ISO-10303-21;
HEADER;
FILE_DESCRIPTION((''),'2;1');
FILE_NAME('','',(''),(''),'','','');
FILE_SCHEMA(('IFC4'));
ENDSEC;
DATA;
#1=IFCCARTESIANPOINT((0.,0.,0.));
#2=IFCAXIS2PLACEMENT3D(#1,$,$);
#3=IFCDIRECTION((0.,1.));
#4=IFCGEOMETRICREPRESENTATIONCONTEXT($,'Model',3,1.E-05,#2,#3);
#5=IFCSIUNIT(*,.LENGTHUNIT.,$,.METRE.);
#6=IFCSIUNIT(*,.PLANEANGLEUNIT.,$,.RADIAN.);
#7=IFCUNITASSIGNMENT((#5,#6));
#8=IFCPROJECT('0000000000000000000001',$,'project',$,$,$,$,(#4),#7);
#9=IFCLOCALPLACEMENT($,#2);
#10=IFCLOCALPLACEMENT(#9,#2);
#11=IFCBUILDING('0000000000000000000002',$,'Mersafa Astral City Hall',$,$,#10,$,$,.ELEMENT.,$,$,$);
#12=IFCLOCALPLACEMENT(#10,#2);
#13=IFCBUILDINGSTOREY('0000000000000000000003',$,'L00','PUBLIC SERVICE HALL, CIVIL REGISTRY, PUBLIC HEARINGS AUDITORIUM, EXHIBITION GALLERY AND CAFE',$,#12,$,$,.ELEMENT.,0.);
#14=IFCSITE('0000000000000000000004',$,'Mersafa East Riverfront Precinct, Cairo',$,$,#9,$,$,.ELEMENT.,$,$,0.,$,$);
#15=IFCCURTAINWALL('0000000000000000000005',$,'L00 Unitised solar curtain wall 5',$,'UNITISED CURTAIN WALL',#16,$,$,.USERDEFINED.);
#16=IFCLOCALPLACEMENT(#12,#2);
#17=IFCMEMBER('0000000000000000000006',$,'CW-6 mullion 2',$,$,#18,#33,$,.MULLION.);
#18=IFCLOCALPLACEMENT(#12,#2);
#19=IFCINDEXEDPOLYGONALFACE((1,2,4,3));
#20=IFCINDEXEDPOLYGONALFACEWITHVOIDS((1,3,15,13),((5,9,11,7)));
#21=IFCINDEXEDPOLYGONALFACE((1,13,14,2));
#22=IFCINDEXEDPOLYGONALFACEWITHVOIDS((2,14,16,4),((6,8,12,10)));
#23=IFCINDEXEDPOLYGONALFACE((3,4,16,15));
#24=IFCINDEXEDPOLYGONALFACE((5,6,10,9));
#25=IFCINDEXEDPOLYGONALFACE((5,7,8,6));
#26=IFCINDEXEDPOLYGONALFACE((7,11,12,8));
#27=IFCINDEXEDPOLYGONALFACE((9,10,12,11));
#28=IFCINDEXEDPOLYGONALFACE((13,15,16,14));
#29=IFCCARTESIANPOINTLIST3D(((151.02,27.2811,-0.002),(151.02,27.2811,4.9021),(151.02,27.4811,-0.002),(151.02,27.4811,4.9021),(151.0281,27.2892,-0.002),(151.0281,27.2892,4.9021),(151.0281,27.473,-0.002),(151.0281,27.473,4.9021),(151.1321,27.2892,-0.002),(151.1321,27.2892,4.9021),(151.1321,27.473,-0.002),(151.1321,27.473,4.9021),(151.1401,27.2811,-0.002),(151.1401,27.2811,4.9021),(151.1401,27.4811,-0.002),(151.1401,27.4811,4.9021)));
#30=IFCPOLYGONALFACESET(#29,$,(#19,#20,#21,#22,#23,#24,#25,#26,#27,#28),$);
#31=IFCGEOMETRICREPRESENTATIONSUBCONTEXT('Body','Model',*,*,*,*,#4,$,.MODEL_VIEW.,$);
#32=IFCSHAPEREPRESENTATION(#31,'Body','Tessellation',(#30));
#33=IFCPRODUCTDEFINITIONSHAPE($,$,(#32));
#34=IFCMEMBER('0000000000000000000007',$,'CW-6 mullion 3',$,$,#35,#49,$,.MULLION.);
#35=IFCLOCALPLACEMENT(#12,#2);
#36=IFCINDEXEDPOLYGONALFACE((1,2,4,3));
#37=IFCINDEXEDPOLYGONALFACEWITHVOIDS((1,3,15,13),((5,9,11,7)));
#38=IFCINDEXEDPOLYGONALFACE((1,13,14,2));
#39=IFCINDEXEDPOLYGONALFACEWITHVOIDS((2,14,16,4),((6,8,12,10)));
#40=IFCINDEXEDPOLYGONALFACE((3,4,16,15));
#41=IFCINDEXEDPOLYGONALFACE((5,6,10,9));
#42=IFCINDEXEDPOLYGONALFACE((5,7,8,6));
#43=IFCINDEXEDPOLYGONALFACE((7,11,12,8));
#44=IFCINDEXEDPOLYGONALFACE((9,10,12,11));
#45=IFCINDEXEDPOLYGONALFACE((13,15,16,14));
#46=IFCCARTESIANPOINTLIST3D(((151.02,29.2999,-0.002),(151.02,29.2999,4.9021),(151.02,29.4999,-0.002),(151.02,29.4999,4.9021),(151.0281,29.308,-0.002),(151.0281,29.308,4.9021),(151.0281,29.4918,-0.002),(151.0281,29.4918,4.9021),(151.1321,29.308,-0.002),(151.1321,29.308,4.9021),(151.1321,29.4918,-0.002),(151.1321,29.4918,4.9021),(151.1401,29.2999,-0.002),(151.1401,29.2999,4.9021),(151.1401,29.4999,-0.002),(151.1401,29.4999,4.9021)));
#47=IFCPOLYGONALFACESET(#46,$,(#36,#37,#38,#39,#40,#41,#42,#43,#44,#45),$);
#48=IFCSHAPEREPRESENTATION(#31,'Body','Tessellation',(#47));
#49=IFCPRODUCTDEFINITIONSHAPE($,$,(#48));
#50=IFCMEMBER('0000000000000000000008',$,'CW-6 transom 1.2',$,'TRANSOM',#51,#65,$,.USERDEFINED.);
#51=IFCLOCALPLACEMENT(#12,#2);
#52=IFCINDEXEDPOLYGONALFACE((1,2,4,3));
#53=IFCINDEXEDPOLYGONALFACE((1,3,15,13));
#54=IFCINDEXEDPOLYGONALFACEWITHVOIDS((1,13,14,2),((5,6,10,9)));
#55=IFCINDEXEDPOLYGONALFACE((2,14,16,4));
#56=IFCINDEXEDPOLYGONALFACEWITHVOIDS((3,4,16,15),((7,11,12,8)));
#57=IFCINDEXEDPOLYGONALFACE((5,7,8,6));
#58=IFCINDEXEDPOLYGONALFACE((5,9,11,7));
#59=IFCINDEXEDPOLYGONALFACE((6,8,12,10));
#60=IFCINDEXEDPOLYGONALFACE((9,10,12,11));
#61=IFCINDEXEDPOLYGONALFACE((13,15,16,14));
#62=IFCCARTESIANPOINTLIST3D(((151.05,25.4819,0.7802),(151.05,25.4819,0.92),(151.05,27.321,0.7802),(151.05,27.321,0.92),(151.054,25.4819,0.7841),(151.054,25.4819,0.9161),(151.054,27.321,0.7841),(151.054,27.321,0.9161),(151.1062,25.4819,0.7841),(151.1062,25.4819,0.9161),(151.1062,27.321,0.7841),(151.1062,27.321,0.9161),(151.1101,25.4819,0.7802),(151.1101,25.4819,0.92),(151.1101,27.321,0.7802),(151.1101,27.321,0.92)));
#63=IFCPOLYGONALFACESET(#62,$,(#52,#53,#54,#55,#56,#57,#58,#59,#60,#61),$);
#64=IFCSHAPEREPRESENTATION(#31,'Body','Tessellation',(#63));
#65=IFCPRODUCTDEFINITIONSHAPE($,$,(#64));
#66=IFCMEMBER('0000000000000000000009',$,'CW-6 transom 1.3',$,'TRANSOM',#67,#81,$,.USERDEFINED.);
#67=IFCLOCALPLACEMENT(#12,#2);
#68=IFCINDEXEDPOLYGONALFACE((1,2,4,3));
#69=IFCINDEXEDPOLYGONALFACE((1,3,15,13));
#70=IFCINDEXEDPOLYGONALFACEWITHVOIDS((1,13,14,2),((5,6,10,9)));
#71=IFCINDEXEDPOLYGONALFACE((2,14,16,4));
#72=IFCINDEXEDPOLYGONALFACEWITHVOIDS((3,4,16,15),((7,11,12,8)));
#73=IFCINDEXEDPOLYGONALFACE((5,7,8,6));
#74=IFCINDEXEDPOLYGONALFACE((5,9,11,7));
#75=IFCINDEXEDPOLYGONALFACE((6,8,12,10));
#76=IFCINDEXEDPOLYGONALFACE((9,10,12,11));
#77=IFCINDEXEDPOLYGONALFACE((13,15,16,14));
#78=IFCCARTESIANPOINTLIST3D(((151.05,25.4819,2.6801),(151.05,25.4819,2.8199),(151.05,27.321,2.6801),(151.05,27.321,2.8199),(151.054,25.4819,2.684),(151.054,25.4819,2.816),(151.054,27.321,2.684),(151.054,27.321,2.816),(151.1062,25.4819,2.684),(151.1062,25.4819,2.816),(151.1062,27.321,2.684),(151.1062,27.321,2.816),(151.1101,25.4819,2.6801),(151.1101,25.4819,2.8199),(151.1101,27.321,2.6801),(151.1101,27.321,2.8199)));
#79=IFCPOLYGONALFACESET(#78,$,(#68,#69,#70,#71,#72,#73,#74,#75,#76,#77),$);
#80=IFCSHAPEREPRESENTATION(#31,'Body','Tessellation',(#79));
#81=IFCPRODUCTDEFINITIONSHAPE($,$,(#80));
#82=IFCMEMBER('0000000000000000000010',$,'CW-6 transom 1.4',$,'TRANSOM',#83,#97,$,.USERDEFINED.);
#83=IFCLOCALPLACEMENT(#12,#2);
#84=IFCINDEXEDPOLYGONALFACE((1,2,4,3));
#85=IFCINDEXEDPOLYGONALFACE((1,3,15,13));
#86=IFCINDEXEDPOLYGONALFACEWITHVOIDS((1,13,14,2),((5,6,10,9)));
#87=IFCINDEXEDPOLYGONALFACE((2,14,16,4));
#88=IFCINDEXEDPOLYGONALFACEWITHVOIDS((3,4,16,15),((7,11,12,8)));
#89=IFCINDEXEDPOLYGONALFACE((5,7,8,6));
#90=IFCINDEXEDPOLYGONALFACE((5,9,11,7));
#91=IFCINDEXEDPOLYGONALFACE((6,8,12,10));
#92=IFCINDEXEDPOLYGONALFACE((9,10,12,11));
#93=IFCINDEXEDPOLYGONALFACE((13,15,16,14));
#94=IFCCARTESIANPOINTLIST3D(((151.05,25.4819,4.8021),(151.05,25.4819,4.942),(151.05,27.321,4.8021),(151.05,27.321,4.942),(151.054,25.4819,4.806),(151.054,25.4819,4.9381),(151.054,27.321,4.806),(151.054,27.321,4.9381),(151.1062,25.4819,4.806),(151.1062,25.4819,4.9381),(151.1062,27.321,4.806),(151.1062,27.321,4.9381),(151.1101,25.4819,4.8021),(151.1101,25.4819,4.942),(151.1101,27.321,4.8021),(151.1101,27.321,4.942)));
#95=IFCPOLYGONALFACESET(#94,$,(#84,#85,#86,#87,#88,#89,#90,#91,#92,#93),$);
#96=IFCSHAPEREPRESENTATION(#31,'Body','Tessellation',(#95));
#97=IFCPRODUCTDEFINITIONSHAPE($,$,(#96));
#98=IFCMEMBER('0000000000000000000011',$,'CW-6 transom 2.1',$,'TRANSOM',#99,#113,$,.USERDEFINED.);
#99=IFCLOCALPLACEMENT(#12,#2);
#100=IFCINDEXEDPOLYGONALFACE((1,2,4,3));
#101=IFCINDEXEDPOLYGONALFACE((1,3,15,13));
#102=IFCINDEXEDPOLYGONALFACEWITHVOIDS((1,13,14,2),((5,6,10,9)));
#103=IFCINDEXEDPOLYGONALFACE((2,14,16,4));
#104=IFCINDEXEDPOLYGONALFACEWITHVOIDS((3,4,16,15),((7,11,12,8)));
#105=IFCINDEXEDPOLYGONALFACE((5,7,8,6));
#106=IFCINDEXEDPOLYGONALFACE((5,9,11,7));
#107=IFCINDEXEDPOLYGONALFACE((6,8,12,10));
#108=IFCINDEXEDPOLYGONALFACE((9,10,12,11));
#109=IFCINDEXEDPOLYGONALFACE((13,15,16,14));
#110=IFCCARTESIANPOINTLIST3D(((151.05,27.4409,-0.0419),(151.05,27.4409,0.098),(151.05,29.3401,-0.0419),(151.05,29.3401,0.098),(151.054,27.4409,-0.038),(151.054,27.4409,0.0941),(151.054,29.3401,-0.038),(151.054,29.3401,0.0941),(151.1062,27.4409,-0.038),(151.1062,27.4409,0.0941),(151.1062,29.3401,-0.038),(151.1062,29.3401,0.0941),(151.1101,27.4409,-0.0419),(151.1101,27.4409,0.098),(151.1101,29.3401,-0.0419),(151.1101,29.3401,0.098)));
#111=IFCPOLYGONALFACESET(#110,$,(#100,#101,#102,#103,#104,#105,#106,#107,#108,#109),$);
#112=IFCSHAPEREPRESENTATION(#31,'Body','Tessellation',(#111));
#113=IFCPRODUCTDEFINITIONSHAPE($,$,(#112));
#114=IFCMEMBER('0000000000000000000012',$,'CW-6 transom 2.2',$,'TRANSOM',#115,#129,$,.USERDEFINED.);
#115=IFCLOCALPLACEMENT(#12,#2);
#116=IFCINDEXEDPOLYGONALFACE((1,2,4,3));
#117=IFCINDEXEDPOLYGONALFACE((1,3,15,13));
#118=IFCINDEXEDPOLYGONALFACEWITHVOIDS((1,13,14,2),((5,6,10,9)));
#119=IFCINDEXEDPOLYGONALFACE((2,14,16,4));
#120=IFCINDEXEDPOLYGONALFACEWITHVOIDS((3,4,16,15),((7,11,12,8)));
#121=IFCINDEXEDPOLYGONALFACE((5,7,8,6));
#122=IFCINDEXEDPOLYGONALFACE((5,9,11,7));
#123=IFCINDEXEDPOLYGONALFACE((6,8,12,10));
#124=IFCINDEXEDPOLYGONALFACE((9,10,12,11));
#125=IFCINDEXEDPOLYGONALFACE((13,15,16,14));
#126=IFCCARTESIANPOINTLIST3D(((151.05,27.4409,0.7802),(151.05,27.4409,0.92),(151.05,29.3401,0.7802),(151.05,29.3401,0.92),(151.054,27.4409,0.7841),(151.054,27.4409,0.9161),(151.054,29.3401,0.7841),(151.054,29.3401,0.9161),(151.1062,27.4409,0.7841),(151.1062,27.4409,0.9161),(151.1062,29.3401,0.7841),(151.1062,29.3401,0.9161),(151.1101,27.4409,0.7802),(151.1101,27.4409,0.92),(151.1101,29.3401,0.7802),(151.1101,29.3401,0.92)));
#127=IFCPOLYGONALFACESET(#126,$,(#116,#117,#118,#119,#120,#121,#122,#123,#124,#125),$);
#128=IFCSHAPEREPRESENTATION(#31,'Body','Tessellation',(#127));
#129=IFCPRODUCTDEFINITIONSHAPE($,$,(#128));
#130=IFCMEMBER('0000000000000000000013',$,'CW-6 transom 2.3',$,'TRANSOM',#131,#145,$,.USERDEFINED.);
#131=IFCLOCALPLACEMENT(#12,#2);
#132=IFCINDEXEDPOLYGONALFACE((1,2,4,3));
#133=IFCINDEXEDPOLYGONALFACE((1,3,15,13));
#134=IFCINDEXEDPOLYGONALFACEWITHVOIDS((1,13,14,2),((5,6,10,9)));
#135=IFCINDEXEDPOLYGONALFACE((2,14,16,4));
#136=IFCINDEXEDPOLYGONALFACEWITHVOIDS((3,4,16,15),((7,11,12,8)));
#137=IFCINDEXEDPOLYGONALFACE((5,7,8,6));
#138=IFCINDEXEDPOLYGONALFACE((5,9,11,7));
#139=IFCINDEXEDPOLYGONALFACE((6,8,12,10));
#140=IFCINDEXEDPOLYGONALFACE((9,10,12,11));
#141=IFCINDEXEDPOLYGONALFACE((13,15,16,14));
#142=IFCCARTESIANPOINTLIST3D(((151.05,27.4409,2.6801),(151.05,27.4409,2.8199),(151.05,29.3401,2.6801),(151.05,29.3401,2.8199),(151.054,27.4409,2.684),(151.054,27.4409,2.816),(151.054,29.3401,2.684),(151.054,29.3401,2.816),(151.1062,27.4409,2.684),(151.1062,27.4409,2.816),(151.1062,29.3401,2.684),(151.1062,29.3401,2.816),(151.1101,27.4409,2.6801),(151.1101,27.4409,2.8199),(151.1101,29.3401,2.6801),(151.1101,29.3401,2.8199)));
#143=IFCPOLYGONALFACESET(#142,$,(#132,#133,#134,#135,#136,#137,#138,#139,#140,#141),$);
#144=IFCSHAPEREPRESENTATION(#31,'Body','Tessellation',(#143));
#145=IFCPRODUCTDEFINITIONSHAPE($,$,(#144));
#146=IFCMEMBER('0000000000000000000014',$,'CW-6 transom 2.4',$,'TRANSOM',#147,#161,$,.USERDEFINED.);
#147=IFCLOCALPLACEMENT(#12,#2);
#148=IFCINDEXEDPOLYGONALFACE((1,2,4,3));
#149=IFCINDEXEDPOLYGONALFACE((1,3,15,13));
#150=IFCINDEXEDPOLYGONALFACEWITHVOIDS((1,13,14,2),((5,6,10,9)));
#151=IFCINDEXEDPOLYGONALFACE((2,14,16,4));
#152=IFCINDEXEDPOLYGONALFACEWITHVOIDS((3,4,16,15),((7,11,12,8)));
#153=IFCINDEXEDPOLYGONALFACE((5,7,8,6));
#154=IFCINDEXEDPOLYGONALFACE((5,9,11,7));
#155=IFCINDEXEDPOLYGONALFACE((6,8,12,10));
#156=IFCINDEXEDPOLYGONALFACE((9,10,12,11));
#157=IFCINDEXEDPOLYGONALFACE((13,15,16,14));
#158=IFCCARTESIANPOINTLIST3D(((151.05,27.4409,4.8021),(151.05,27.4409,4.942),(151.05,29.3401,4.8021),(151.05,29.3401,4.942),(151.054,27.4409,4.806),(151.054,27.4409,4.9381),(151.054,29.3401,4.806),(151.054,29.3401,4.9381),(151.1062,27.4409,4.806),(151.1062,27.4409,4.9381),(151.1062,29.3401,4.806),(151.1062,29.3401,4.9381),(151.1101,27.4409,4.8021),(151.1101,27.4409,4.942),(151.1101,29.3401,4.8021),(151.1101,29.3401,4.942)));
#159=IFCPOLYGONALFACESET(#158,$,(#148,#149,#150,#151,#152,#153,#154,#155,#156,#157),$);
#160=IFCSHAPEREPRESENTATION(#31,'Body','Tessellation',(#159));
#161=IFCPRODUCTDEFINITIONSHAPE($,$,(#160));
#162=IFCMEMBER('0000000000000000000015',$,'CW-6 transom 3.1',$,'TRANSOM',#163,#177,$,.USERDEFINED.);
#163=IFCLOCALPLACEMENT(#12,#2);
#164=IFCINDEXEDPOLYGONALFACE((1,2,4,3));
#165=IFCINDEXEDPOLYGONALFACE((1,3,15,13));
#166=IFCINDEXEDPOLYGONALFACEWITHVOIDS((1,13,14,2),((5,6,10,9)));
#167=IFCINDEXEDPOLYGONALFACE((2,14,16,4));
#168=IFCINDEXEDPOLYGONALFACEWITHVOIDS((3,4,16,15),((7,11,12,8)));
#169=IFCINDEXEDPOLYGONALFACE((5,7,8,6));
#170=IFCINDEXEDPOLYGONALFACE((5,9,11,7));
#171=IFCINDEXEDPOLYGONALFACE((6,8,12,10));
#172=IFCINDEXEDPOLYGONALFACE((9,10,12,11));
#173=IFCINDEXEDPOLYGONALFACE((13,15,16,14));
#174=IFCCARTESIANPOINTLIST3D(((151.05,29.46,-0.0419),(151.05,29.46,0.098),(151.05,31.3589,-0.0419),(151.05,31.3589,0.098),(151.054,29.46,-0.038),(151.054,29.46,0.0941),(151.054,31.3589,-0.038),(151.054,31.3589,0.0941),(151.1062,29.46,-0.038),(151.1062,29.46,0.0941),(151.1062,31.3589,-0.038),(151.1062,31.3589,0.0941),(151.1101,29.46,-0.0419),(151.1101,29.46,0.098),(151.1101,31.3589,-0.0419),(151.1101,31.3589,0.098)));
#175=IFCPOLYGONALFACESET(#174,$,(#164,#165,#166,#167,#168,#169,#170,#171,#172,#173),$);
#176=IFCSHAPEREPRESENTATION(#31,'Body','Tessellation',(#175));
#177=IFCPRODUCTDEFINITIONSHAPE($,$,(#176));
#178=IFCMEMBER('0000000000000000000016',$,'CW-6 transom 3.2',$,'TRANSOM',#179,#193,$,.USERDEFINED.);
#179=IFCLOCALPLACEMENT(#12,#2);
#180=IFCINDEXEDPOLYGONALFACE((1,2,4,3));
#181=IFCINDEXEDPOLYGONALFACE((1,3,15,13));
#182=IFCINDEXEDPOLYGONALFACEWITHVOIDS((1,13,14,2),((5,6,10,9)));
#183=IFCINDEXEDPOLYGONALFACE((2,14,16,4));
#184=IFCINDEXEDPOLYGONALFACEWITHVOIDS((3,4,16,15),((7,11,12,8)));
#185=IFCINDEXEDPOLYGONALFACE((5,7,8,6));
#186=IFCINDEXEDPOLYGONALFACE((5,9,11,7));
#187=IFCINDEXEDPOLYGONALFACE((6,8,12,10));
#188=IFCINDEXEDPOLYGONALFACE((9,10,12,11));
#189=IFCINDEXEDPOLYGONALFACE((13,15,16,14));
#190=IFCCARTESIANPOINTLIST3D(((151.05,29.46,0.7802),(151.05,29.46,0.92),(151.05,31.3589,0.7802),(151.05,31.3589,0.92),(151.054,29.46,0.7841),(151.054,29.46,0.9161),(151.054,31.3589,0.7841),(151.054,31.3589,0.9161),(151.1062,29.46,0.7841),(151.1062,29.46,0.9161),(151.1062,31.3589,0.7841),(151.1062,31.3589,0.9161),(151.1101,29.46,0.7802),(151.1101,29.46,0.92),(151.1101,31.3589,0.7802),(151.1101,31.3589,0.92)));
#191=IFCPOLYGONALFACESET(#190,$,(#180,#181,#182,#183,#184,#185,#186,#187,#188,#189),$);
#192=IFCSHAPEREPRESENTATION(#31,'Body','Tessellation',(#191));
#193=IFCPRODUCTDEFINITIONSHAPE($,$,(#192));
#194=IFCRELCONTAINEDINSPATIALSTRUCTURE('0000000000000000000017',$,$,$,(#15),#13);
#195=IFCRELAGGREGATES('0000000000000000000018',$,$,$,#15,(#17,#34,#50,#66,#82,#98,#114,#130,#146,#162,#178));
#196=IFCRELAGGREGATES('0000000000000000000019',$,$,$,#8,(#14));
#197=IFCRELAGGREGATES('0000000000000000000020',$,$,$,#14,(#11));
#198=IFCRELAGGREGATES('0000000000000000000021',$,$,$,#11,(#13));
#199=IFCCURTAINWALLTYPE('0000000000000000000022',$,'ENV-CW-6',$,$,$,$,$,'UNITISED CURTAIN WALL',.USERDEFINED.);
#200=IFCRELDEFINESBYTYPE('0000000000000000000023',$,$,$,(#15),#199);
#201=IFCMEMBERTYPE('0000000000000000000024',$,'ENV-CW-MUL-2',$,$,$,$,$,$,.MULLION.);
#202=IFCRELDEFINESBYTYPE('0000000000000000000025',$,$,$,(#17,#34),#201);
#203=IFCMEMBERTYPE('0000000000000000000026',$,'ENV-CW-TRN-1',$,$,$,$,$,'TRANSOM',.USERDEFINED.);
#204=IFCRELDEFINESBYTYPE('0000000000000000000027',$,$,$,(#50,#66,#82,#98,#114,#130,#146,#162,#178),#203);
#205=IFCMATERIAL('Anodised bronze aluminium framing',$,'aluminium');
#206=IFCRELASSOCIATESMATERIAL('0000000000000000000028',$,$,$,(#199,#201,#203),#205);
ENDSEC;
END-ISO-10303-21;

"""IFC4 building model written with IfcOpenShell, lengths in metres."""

from ifc_helpers import new_model, si_unit, direction, frame, origin, origin_2d, place, context, subcontext, project, spatial, hollow_rectangle, extrude, material, material_profile, profile_set, type_object, element, aggregate, save


model = new_model("IFC4")

# Units and contexts
model_context = context("Model", 3, precision=1e-05, world=origin(), true_north=direction((0.0, 1.0)))
body_context = subcontext(model_context, "Body", "Model", "MODEL_VIEW")
ifc_project = project(units=[si_unit("LENGTHUNIT", "METRE"), si_unit("PLANEANGLEUNIT", "RADIAN")], contexts=[model_context])

# Site, building, storey
site_placement = place(None, origin())
site = spatial("IfcSite", under=ifc_project, at=site_placement, Name="Mersafa East Riverfront Precinct, Cairo", CompositionType="ELEMENT", RefElevation=0.0)
building_placement = place(site_placement, origin())
building = spatial("IfcBuilding", under=site, at=building_placement, Name="Mersafa Astral City Hall", CompositionType="ELEMENT")
storey_placement = place(building_placement, origin())
storey = spatial("IfcBuildingStorey", under=building, at=storey_placement, Name="L00", Description="PUBLIC SERVICE HALL, CIVIL REGISTRY, PUBLIC HEARINGS AUDITORIUM, EXHIBITION GALLERY AND CAFE", CompositionType="ELEMENT", Elevation=0.0)

# Curtain wall, members
ifc_material_1 = material(Name="Anodised bronze aluminium framing", Category="aluminium")
curtain_wall_type = type_object("IfcCurtainWallType", Name="ENV-CW-6", ElementType="UNITISED CURTAIN WALL", PredefinedType="USERDEFINED", material=ifc_material_1)
curtain_wall_placement = place(storey_placement, origin())
curtain_wall = element("IfcCurtainWall", 1, at=curtain_wall_placement, inside=storey, type_object=curtain_wall_type, Name="L00 Unitised solar curtain wall 5", ObjectType="UNITISED CURTAIN WALL", PredefinedType="USERDEFINED")
ifc_material_profile_1 = material_profile(ifc_material_1, hollow_rectangle(XDim=0.1201, YDim=0.2, WallThickness=0.0081, at=origin_2d()), Name="RHS 120x200x8")
ifc_profile_set_1 = profile_set([ifc_material_profile_1], Name="Anodised bronze aluminium framing")
member_type_1 = type_object("IfcMemberType", Name="ENV-CW-MUL-2", PredefinedType="MULLION", material=ifc_profile_set_1)
member_1_placement = place(storey_placement, frame((151.0801, 27.3811, -0.002), z_axis=(0.0, 0.0, 1.0), x_axis=(-1.0, 0.0, 0.0)))
member_1 = element("IfcMember", 2, at=member_1_placement, type_object=member_type_1, Name="CW-6 mullion 2", PredefinedType="MULLION", context=body_context, shape_type="SweptSolid", body=[
    extrude(hollow_rectangle(XDim=0.1201, YDim=0.2, WallThickness=0.0081, at=origin_2d()), origin(), (0.0, 0.0, 1.0), 4.9041),
])
member_2_placement = place(storey_placement, frame((151.0801, 29.3999, -0.002), z_axis=(0.0, 0.0, 1.0), x_axis=(-1.0, 0.0, 0.0)))
member_2 = element("IfcMember", 3, at=member_2_placement, type_object=member_type_1, Name="CW-6 mullion 3", PredefinedType="MULLION", context=body_context, shape_type="SweptSolid", body=[
    extrude(hollow_rectangle(XDim=0.1201, YDim=0.2, WallThickness=0.0081, at=origin_2d()), origin(), (0.0, 0.0, 1.0), 4.9041),
])
ifc_material_profile_2 = material_profile(ifc_material_1, hollow_rectangle(XDim=0.0601, YDim=0.1399, WallThickness=0.0039, at=origin_2d()), Name="RHS 60x140x4")
ifc_profile_set_2 = profile_set([ifc_material_profile_2], Name="Anodised bronze aluminium framing")
member_type_2 = type_object("IfcMemberType", Name="ENV-CW-TRN-1", ElementType="TRANSOM", PredefinedType="USERDEFINED", material=ifc_profile_set_2)
member_3_placement = place(storey_placement, frame((151.0801, 25.4819, 0.8501), z_axis=(0.0, 1.0, 0.0), x_axis=(-1.0, 0.0, 0.0)))
member_3 = element("IfcMember", 4, at=member_3_placement, type_object=member_type_2, Name="CW-6 transom 1.2", ObjectType="TRANSOM", PredefinedType="USERDEFINED", context=body_context, shape_type="SweptSolid", body=[
    extrude(hollow_rectangle(XDim=0.0601, YDim=0.1399, WallThickness=0.0039, at=origin_2d()), origin(), (0.0, 0.0, 1.0), 1.8391),
])
member_4_placement = place(storey_placement, frame((151.0801, 25.4819, 2.75), z_axis=(0.0, 1.0, 0.0), x_axis=(-1.0, 0.0, 0.0)))
member_4 = element("IfcMember", 5, at=member_4_placement, type_object=member_type_2, Name="CW-6 transom 1.3", ObjectType="TRANSOM", PredefinedType="USERDEFINED", context=body_context, shape_type="SweptSolid", body=[
    extrude(hollow_rectangle(XDim=0.0601, YDim=0.1399, WallThickness=0.0039, at=origin_2d()), origin(), (0.0, 0.0, 1.0), 1.8391),
])
member_5_placement = place(storey_placement, frame((151.0801, 25.4819, 4.8721), z_axis=(0.0, 1.0, 0.0), x_axis=(-1.0, 0.0, 0.0)))
member_5 = element("IfcMember", 6, at=member_5_placement, type_object=member_type_2, Name="CW-6 transom 1.4", ObjectType="TRANSOM", PredefinedType="USERDEFINED", context=body_context, shape_type="SweptSolid", body=[
    extrude(hollow_rectangle(XDim=0.0601, YDim=0.1399, WallThickness=0.0039, at=origin_2d()), origin(), (0.0, 0.0, 1.0), 1.8391),
])
member_6_placement = place(storey_placement, frame((151.0801, 27.4409, 0.0281), z_axis=(0.0, 1.0, 0.0), x_axis=(-1.0, 0.0, 0.0)))
member_6 = element("IfcMember", 7, at=member_6_placement, type_object=member_type_2, Name="CW-6 transom 2.1", ObjectType="TRANSOM", PredefinedType="USERDEFINED", context=body_context, shape_type="SweptSolid", body=[
    extrude(hollow_rectangle(XDim=0.0601, YDim=0.1399, WallThickness=0.0039, at=origin_2d()), origin(), (0.0, 0.0, 1.0), 1.8992),
])
member_7_placement = place(storey_placement, frame((151.0801, 27.4409, 0.8501), z_axis=(0.0, 1.0, 0.0), x_axis=(-1.0, 0.0, 0.0)))
member_7 = element("IfcMember", 8, at=member_7_placement, type_object=member_type_2, Name="CW-6 transom 2.2", ObjectType="TRANSOM", PredefinedType="USERDEFINED", context=body_context, shape_type="SweptSolid", body=[
    extrude(hollow_rectangle(XDim=0.0601, YDim=0.1399, WallThickness=0.0039, at=origin_2d()), origin(), (0.0, 0.0, 1.0), 1.8992),
])
member_8_placement = place(storey_placement, frame((151.0801, 27.4409, 2.75), z_axis=(0.0, 1.0, 0.0), x_axis=(-1.0, 0.0, 0.0)))
member_8 = element("IfcMember", 9, at=member_8_placement, type_object=member_type_2, Name="CW-6 transom 2.3", ObjectType="TRANSOM", PredefinedType="USERDEFINED", context=body_context, shape_type="SweptSolid", body=[
    extrude(hollow_rectangle(XDim=0.0601, YDim=0.1399, WallThickness=0.0039, at=origin_2d()), origin(), (0.0, 0.0, 1.0), 1.8992),
])
member_9_placement = place(storey_placement, frame((151.0801, 27.4409, 4.8721), z_axis=(0.0, 1.0, 0.0), x_axis=(-1.0, 0.0, 0.0)))
member_9 = element("IfcMember", 10, at=member_9_placement, type_object=member_type_2, Name="CW-6 transom 2.4", ObjectType="TRANSOM", PredefinedType="USERDEFINED", context=body_context, shape_type="SweptSolid", body=[
    extrude(hollow_rectangle(XDim=0.0601, YDim=0.1399, WallThickness=0.0039, at=origin_2d()), origin(), (0.0, 0.0, 1.0), 1.8992),
])
member_10_placement = place(storey_placement, frame((151.0801, 29.46, 0.0281), z_axis=(0.0, 1.0, 0.0), x_axis=(-1.0, 0.0, 0.0)))
member_10 = element("IfcMember", 11, at=member_10_placement, type_object=member_type_2, Name="CW-6 transom 3.1", ObjectType="TRANSOM", PredefinedType="USERDEFINED", context=body_context, shape_type="SweptSolid", body=[
    extrude(hollow_rectangle(XDim=0.0601, YDim=0.1399, WallThickness=0.0039, at=origin_2d()), origin(), (0.0, 0.0, 1.0), 1.8989),
])
member_11_placement = place(storey_placement, frame((151.0801, 29.46, 0.8501), z_axis=(0.0, 1.0, 0.0), x_axis=(-1.0, 0.0, 0.0)))
member_11 = element("IfcMember", 12, at=member_11_placement, type_object=member_type_2, Name="CW-6 transom 3.2", ObjectType="TRANSOM", PredefinedType="USERDEFINED", context=body_context, shape_type="SweptSolid", body=[
    extrude(hollow_rectangle(XDim=0.0601, YDim=0.1399, WallThickness=0.0039, at=origin_2d()), origin(), (0.0, 0.0, 1.0), 1.8989),
])

aggregate(curtain_wall, [member_1, member_2, member_3, member_4, member_5, member_6, member_7, member_8, member_9, member_10, member_11])

save(model, "model.ifc")
